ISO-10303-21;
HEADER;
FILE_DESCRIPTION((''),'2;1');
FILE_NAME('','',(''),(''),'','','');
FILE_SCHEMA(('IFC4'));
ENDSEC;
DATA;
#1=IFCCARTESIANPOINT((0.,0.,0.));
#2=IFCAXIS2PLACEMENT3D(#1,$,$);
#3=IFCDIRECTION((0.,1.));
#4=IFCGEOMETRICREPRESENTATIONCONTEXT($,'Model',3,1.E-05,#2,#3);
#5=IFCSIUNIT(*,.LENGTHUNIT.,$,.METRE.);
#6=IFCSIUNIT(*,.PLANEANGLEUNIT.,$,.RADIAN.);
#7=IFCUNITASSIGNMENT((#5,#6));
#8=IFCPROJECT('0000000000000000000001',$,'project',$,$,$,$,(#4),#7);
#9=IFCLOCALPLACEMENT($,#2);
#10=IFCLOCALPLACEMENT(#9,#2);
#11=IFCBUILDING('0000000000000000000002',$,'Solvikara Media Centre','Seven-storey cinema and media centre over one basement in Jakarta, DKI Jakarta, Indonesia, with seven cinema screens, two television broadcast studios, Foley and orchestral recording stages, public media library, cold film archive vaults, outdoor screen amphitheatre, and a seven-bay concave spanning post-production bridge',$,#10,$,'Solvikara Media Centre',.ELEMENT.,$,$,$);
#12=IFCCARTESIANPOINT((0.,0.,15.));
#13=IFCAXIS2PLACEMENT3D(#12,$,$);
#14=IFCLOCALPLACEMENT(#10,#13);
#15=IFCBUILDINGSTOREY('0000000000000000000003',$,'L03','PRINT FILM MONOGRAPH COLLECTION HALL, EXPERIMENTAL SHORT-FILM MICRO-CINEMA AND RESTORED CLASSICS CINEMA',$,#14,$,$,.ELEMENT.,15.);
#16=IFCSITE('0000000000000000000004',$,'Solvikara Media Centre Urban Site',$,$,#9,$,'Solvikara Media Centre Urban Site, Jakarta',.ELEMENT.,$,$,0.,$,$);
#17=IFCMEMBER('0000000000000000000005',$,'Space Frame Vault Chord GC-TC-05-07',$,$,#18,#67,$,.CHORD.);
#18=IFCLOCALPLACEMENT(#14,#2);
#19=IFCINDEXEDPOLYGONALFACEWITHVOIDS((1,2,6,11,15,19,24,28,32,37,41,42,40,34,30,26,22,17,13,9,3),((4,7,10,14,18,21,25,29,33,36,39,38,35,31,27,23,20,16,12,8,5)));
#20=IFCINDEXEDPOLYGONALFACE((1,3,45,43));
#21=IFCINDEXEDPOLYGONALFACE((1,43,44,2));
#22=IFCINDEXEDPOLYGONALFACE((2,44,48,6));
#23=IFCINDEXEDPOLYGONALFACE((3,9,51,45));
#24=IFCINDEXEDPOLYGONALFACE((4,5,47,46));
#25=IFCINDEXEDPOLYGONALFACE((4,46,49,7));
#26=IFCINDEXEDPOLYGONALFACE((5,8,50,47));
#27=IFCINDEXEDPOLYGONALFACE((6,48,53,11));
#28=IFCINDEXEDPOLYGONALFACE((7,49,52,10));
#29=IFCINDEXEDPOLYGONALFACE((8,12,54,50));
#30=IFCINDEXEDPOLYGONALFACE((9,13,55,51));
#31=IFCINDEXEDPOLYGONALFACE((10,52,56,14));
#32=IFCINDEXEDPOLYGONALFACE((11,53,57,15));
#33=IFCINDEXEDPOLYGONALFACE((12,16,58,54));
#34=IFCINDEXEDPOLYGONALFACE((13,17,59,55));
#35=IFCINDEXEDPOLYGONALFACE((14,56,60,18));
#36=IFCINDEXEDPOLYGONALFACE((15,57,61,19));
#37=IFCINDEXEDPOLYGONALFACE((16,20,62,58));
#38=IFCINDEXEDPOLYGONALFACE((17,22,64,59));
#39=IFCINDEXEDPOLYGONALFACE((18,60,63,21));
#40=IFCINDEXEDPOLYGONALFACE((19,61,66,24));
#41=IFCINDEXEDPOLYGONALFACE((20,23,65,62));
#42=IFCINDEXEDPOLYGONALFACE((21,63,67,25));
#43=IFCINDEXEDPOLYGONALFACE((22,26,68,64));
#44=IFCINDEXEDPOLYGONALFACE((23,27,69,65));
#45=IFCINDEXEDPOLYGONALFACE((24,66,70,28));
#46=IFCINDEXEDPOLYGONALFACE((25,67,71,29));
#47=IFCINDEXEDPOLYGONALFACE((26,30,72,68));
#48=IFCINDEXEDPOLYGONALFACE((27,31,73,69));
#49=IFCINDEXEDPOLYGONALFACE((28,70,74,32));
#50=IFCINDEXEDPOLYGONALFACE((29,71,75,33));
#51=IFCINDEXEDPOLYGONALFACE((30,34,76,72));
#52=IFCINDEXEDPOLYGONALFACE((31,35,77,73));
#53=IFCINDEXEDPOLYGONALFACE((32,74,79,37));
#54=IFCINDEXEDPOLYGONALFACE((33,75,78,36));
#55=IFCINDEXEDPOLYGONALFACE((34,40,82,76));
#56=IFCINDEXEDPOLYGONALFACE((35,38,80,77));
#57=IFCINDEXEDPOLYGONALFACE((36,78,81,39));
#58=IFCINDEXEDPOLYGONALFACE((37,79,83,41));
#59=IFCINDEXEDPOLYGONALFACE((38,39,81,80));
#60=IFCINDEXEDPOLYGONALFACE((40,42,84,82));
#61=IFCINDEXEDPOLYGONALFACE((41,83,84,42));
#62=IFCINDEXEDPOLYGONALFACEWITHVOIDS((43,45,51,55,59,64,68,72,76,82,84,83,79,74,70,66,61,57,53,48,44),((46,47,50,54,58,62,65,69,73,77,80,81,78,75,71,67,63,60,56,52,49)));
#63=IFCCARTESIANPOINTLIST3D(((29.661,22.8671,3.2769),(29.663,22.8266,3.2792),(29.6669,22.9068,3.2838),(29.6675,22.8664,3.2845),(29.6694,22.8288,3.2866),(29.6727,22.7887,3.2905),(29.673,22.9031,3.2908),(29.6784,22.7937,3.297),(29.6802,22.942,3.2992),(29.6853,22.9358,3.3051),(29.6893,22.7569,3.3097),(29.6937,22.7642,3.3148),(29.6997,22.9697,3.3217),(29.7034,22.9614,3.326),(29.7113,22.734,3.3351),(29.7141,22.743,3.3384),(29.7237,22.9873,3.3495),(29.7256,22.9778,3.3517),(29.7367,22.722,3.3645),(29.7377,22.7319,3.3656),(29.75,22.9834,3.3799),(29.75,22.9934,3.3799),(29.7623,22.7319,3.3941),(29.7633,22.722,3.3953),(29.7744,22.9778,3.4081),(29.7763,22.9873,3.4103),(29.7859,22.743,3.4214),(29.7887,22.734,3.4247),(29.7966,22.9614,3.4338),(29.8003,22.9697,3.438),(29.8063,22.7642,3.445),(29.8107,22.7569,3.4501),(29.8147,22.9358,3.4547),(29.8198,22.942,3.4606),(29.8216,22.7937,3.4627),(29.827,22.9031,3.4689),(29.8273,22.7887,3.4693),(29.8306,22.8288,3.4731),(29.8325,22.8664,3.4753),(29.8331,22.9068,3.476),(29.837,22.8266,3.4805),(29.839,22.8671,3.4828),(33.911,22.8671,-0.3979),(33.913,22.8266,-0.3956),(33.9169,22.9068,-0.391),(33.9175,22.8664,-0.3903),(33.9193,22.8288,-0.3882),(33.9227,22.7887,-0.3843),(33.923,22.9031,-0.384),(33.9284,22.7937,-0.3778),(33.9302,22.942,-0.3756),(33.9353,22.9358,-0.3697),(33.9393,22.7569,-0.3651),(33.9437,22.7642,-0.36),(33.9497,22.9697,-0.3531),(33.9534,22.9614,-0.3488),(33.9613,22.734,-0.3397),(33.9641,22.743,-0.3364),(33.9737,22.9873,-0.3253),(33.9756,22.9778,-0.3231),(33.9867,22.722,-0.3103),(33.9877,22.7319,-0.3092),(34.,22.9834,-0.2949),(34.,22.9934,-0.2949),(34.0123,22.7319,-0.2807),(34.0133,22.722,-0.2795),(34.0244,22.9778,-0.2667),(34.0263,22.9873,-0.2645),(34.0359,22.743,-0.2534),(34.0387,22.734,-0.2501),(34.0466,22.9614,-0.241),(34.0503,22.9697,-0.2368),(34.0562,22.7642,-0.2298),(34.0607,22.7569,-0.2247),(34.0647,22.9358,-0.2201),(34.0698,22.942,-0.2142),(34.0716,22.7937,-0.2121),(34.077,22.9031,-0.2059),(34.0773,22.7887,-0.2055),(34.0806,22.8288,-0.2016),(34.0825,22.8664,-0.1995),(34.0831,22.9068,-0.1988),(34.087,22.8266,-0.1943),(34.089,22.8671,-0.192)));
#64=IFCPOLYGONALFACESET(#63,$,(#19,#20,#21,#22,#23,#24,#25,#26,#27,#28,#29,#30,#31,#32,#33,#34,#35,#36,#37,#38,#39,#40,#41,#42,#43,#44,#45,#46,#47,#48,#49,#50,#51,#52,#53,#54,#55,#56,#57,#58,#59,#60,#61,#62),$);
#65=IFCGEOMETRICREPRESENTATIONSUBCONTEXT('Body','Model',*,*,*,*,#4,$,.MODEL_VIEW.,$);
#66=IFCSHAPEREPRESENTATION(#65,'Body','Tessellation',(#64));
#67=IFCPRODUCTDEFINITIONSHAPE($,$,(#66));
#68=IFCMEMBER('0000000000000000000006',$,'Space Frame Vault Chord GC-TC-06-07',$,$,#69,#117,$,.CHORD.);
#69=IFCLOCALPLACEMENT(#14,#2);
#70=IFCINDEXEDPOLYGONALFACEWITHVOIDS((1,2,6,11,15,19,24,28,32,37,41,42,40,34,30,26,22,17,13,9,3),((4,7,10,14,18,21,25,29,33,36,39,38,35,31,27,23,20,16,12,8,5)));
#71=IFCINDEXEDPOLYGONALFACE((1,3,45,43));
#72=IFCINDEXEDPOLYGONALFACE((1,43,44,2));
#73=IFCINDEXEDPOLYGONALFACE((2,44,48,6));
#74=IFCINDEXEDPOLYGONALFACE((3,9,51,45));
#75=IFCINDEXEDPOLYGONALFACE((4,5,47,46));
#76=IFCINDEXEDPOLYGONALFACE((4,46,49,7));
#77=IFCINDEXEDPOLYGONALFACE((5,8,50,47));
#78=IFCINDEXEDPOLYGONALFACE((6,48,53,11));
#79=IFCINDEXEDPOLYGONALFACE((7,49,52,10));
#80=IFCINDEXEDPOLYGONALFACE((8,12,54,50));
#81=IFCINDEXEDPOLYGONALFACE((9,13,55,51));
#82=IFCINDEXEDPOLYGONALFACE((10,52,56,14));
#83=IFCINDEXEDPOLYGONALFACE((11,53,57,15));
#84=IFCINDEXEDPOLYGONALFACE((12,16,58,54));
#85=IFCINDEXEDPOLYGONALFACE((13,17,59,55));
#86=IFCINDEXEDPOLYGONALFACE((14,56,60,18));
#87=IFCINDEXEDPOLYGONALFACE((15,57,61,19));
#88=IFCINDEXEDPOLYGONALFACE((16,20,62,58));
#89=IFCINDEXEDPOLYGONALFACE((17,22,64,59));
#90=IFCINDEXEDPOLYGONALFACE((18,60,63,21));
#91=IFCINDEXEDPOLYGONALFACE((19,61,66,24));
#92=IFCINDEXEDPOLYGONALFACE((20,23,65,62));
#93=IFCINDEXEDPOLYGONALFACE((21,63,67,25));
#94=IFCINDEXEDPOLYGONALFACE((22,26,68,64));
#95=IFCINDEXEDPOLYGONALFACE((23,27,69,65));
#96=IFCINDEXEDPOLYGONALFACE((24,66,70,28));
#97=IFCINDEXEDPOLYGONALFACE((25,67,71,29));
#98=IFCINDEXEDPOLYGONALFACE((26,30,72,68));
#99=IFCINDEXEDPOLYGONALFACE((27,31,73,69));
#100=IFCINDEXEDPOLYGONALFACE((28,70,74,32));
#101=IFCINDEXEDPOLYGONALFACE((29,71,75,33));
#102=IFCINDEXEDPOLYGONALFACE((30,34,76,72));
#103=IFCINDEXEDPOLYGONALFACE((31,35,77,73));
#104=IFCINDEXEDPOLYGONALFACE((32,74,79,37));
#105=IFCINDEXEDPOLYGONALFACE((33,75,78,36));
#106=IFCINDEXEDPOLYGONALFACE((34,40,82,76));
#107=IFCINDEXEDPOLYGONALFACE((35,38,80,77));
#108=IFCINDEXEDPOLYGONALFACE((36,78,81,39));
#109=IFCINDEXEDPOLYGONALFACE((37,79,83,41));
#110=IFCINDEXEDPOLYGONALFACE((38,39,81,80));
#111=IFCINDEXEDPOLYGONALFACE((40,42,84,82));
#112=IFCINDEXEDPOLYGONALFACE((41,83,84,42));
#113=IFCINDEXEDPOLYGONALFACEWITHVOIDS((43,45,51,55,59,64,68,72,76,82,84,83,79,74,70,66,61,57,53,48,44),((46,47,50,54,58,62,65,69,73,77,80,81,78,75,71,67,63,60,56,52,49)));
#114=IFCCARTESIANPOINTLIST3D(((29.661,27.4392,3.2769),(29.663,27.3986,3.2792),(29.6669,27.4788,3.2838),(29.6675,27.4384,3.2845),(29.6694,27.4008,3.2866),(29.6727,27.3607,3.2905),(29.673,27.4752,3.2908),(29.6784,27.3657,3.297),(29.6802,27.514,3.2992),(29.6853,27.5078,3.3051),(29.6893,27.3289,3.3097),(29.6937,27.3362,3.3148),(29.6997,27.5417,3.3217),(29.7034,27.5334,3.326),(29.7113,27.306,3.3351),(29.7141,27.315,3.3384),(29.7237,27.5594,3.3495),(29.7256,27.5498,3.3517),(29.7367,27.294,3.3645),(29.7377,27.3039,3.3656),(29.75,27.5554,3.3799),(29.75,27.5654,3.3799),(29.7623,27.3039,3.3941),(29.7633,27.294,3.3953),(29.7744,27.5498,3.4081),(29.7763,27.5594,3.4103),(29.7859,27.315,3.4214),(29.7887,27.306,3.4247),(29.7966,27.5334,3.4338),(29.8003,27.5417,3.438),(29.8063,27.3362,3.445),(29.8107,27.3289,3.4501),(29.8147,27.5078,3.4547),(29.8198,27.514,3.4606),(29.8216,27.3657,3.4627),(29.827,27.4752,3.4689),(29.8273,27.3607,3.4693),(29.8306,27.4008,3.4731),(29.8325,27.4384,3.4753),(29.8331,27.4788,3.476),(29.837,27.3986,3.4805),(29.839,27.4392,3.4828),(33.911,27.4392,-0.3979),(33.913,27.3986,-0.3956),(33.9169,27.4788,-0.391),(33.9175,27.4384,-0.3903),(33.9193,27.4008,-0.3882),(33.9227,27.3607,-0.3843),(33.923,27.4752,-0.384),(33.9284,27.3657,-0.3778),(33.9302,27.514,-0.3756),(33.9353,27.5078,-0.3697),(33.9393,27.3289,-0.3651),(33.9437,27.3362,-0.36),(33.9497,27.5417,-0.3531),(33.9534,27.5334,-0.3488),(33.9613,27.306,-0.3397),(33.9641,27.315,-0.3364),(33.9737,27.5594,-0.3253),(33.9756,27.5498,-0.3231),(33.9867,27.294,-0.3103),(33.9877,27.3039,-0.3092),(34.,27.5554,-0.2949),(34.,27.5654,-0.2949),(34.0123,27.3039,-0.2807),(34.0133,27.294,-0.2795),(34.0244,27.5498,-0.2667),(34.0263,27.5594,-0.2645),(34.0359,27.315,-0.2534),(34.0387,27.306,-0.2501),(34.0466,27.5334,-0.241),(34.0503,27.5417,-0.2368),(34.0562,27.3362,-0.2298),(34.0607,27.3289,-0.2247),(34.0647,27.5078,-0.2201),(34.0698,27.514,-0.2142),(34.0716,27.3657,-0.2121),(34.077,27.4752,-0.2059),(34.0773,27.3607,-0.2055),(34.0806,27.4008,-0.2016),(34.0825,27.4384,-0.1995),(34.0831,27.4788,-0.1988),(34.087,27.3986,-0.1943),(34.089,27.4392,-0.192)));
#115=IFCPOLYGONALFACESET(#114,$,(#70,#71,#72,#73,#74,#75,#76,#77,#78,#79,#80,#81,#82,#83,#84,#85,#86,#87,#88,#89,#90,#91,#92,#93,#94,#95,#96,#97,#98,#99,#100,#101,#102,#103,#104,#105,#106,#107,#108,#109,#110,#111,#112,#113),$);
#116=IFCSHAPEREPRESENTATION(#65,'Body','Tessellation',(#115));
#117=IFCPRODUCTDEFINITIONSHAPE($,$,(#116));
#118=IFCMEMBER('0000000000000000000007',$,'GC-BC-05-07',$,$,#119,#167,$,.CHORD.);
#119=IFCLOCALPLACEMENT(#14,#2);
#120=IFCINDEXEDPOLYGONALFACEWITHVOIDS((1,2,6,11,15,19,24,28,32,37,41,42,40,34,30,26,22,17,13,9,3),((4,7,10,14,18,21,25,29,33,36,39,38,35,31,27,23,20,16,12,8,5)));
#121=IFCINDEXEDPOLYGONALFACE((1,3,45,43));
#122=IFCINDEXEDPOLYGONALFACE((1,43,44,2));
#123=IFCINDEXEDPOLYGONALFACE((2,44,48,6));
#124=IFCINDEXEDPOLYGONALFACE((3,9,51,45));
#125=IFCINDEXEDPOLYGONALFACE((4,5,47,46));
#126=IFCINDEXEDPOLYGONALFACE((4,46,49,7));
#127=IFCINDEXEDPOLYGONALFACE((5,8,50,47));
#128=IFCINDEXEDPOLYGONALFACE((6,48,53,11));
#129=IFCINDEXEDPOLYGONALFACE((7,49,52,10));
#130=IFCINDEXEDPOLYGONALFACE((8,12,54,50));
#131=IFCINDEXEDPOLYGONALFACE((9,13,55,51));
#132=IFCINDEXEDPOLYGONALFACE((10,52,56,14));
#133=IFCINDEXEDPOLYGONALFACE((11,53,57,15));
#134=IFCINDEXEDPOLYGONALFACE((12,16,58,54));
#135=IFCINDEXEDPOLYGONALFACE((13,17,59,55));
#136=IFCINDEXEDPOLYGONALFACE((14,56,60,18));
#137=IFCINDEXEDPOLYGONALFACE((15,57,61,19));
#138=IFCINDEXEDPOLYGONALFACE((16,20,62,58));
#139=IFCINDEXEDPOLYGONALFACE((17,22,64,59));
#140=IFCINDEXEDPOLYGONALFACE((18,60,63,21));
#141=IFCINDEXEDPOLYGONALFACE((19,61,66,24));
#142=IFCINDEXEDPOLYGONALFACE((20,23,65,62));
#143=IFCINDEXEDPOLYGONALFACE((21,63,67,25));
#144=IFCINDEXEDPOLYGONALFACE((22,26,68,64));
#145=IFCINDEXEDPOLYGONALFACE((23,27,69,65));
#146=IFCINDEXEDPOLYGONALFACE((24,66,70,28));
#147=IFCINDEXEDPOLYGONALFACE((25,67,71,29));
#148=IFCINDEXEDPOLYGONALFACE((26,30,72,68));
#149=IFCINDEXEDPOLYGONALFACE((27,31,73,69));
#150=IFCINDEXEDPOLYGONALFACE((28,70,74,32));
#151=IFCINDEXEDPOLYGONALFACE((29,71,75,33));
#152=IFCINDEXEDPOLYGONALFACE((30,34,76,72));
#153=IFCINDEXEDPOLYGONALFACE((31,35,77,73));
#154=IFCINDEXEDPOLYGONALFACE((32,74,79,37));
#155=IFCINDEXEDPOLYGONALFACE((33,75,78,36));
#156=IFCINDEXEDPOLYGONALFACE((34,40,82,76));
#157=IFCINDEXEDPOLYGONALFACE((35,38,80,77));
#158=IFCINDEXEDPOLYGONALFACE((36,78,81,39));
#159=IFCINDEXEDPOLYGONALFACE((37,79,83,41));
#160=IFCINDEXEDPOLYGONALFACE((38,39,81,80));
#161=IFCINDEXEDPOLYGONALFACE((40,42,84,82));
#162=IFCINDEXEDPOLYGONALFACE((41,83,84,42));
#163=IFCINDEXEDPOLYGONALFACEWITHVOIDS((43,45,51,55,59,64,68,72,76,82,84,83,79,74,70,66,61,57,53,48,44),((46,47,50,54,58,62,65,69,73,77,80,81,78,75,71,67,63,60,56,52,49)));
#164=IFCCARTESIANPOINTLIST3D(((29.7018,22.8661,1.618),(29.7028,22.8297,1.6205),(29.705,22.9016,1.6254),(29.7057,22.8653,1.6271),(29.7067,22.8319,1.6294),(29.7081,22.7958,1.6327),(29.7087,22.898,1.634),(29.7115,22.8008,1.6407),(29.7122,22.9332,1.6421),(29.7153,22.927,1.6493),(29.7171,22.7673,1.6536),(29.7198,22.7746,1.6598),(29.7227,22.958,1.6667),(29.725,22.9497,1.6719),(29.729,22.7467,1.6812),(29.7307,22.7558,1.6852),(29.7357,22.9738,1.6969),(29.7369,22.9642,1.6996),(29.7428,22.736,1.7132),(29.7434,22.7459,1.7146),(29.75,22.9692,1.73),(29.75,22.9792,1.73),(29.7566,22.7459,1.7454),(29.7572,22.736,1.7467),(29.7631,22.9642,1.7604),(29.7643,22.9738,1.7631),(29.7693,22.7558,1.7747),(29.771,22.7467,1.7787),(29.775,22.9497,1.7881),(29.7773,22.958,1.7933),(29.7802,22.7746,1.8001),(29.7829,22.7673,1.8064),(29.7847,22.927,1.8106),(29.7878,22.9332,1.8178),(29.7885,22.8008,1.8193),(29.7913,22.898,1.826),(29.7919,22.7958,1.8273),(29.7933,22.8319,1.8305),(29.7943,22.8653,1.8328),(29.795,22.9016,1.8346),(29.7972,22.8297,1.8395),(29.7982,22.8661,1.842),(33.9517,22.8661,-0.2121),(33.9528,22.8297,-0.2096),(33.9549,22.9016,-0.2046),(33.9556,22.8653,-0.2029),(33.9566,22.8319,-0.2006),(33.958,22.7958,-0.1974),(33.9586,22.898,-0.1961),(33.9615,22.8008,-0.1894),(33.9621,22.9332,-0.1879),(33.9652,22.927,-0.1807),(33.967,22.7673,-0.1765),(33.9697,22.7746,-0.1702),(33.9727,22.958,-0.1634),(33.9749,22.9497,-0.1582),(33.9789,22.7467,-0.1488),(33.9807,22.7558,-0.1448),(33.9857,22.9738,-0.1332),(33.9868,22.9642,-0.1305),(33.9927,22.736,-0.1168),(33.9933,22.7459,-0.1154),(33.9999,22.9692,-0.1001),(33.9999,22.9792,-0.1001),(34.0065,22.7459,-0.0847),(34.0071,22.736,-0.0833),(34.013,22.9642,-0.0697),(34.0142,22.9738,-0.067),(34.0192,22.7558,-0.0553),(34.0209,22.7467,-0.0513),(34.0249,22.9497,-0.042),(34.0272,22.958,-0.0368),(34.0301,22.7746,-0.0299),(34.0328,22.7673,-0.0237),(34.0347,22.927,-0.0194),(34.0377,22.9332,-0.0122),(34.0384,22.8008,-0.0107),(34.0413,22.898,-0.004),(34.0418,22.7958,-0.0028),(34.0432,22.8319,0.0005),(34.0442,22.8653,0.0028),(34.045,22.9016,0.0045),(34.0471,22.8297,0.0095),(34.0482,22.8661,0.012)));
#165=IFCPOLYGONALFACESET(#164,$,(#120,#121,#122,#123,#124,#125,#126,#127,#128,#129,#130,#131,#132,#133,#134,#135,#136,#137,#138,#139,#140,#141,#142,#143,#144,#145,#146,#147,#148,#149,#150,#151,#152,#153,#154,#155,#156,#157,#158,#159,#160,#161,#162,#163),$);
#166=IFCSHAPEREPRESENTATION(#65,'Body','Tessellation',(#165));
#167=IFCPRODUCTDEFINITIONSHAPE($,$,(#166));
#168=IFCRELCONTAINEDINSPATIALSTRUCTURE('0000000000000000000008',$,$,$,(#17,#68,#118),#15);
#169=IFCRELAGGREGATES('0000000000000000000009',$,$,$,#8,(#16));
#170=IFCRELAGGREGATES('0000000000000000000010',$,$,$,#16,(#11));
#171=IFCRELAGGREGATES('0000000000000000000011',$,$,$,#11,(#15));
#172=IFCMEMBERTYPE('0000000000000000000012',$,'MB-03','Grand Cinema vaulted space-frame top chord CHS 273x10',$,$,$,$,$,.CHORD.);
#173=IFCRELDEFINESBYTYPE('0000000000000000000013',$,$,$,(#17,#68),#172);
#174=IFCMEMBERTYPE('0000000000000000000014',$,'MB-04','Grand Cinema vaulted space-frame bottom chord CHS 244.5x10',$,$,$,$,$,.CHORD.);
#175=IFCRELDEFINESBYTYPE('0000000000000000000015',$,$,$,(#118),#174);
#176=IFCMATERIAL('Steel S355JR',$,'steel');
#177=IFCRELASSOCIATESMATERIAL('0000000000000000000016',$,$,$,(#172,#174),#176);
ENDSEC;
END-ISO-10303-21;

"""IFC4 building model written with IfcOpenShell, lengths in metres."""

from ifc_helpers import new_model, si_unit, direction, frame, origin, origin_2d, place, context, subcontext, project, spatial, hollow_circle, extrude, material, material_profile, profile_set, type_object, element, save


model = new_model("IFC4")

# Units and contexts
model_context = context("Model", 3, precision=1e-05, world=origin(), true_north=direction((0.0, 1.0)))
body_context = subcontext(model_context, "Body", "Model", "MODEL_VIEW")
ifc_project = project(units=[si_unit("LENGTHUNIT", "METRE"), si_unit("PLANEANGLEUNIT", "RADIAN")], contexts=[model_context])

# Site, building, storey
site_placement = place(None, origin())
site = spatial("IfcSite", under=ifc_project, at=site_placement, Name="Solvikara Media Centre Urban Site", LongName="Solvikara Media Centre Urban Site, Jakarta", CompositionType="ELEMENT", RefElevation=0.0)
building_placement = place(site_placement, origin())
building = spatial("IfcBuilding", under=site, at=building_placement, Name="Solvikara Media Centre", Description="Seven-storey cinema and media centre over one basement in Jakarta, DKI Jakarta, Indonesia, with seven cinema screens, two television broadcast studios, Foley and orchestral recording stages, public media library, cold film archive vaults, outdoor screen amphitheatre, and a seven-bay concave spanning post-production bridge", LongName="Solvikara Media Centre", CompositionType="ELEMENT")
storey_placement = place(building_placement, frame((0.0, 0.0, 15.0)))
storey = spatial("IfcBuildingStorey", under=building, at=storey_placement, Name="L03", Description="PRINT FILM MONOGRAPH COLLECTION HALL, EXPERIMENTAL SHORT-FILM MICRO-CINEMA AND RESTORED CLASSICS CINEMA", CompositionType="ELEMENT", Elevation=15.0)

# Members
ifc_material_1 = material(Name="Steel S355JR", Category="steel")
ifc_material_profile_1 = material_profile(ifc_material_1, hollow_circle(Radius=0.1365, WallThickness=0.01, at=origin_2d()), Name="CHS 273x10")
ifc_profile_set_1 = profile_set([ifc_material_profile_1], Name="Steel S355JR")
member_type_1 = type_object("IfcMemberType", Name="MB-03", Description="Grand Cinema vaulted space-frame top chord CHS 273x10", PredefinedType="CHORD", material=ifc_profile_set_1)
for number, where, z_axis, x_axis, name in (
    (1, (29.75, 22.8569, 3.3799), (0.75644, 0.0, -0.654063), (0.0, 1.0, 0.0), "Space Frame Vault Chord GC-TC-05-07"),
    (2, (29.75, 27.429, 3.3799), (0.75644, 0.0, -0.654063), (0.0, 1.0, 0.0), "Space Frame Vault Chord GC-TC-06-07"),
):
    element("IfcMember", number, at=place(storey_placement, frame(where, z_axis=z_axis, x_axis=x_axis)), inside=storey, type_object=member_type_1, Name=name, PredefinedType="CHORD", context=body_context, shape_type="SweptSolid", body=[
        extrude(hollow_circle(Radius=0.1365, WallThickness=0.01, at=origin_2d()), origin(), (0.0, 0.0, 1.0), 5.6184),
    ])
ifc_material_profile_2 = material_profile(ifc_material_1, hollow_circle(Radius=0.1223, WallThickness=0.01, at=origin_2d()), Name="CHS 244.5x10")
ifc_profile_set_2 = profile_set([ifc_material_profile_2], Name="Steel S355JR")
member_type_2 = type_object("IfcMemberType", Name="MB-04", Description="Grand Cinema vaulted space-frame bottom chord CHS 244.5x10", PredefinedType="CHORD", material=ifc_profile_set_2)
for number, where, z_axis, x_axis, name in (
    (3, (29.75, 22.8569, 1.73), (0.918467, 0.0, -0.395498), (0.0, 1.0, 0.0), "GC-BC-05-07"),
):
    element("IfcMember", number, at=place(storey_placement, frame(where, z_axis=z_axis, x_axis=x_axis)), inside=storey, type_object=member_type_2, Name=name, PredefinedType="CHORD", context=body_context, shape_type="SweptSolid", body=[
        extrude(hollow_circle(Radius=0.1223, WallThickness=0.01, at=origin_2d()), origin(), (0.0, 0.0, 1.0), 4.6272),
    ])

save(model, "model.ifc")
